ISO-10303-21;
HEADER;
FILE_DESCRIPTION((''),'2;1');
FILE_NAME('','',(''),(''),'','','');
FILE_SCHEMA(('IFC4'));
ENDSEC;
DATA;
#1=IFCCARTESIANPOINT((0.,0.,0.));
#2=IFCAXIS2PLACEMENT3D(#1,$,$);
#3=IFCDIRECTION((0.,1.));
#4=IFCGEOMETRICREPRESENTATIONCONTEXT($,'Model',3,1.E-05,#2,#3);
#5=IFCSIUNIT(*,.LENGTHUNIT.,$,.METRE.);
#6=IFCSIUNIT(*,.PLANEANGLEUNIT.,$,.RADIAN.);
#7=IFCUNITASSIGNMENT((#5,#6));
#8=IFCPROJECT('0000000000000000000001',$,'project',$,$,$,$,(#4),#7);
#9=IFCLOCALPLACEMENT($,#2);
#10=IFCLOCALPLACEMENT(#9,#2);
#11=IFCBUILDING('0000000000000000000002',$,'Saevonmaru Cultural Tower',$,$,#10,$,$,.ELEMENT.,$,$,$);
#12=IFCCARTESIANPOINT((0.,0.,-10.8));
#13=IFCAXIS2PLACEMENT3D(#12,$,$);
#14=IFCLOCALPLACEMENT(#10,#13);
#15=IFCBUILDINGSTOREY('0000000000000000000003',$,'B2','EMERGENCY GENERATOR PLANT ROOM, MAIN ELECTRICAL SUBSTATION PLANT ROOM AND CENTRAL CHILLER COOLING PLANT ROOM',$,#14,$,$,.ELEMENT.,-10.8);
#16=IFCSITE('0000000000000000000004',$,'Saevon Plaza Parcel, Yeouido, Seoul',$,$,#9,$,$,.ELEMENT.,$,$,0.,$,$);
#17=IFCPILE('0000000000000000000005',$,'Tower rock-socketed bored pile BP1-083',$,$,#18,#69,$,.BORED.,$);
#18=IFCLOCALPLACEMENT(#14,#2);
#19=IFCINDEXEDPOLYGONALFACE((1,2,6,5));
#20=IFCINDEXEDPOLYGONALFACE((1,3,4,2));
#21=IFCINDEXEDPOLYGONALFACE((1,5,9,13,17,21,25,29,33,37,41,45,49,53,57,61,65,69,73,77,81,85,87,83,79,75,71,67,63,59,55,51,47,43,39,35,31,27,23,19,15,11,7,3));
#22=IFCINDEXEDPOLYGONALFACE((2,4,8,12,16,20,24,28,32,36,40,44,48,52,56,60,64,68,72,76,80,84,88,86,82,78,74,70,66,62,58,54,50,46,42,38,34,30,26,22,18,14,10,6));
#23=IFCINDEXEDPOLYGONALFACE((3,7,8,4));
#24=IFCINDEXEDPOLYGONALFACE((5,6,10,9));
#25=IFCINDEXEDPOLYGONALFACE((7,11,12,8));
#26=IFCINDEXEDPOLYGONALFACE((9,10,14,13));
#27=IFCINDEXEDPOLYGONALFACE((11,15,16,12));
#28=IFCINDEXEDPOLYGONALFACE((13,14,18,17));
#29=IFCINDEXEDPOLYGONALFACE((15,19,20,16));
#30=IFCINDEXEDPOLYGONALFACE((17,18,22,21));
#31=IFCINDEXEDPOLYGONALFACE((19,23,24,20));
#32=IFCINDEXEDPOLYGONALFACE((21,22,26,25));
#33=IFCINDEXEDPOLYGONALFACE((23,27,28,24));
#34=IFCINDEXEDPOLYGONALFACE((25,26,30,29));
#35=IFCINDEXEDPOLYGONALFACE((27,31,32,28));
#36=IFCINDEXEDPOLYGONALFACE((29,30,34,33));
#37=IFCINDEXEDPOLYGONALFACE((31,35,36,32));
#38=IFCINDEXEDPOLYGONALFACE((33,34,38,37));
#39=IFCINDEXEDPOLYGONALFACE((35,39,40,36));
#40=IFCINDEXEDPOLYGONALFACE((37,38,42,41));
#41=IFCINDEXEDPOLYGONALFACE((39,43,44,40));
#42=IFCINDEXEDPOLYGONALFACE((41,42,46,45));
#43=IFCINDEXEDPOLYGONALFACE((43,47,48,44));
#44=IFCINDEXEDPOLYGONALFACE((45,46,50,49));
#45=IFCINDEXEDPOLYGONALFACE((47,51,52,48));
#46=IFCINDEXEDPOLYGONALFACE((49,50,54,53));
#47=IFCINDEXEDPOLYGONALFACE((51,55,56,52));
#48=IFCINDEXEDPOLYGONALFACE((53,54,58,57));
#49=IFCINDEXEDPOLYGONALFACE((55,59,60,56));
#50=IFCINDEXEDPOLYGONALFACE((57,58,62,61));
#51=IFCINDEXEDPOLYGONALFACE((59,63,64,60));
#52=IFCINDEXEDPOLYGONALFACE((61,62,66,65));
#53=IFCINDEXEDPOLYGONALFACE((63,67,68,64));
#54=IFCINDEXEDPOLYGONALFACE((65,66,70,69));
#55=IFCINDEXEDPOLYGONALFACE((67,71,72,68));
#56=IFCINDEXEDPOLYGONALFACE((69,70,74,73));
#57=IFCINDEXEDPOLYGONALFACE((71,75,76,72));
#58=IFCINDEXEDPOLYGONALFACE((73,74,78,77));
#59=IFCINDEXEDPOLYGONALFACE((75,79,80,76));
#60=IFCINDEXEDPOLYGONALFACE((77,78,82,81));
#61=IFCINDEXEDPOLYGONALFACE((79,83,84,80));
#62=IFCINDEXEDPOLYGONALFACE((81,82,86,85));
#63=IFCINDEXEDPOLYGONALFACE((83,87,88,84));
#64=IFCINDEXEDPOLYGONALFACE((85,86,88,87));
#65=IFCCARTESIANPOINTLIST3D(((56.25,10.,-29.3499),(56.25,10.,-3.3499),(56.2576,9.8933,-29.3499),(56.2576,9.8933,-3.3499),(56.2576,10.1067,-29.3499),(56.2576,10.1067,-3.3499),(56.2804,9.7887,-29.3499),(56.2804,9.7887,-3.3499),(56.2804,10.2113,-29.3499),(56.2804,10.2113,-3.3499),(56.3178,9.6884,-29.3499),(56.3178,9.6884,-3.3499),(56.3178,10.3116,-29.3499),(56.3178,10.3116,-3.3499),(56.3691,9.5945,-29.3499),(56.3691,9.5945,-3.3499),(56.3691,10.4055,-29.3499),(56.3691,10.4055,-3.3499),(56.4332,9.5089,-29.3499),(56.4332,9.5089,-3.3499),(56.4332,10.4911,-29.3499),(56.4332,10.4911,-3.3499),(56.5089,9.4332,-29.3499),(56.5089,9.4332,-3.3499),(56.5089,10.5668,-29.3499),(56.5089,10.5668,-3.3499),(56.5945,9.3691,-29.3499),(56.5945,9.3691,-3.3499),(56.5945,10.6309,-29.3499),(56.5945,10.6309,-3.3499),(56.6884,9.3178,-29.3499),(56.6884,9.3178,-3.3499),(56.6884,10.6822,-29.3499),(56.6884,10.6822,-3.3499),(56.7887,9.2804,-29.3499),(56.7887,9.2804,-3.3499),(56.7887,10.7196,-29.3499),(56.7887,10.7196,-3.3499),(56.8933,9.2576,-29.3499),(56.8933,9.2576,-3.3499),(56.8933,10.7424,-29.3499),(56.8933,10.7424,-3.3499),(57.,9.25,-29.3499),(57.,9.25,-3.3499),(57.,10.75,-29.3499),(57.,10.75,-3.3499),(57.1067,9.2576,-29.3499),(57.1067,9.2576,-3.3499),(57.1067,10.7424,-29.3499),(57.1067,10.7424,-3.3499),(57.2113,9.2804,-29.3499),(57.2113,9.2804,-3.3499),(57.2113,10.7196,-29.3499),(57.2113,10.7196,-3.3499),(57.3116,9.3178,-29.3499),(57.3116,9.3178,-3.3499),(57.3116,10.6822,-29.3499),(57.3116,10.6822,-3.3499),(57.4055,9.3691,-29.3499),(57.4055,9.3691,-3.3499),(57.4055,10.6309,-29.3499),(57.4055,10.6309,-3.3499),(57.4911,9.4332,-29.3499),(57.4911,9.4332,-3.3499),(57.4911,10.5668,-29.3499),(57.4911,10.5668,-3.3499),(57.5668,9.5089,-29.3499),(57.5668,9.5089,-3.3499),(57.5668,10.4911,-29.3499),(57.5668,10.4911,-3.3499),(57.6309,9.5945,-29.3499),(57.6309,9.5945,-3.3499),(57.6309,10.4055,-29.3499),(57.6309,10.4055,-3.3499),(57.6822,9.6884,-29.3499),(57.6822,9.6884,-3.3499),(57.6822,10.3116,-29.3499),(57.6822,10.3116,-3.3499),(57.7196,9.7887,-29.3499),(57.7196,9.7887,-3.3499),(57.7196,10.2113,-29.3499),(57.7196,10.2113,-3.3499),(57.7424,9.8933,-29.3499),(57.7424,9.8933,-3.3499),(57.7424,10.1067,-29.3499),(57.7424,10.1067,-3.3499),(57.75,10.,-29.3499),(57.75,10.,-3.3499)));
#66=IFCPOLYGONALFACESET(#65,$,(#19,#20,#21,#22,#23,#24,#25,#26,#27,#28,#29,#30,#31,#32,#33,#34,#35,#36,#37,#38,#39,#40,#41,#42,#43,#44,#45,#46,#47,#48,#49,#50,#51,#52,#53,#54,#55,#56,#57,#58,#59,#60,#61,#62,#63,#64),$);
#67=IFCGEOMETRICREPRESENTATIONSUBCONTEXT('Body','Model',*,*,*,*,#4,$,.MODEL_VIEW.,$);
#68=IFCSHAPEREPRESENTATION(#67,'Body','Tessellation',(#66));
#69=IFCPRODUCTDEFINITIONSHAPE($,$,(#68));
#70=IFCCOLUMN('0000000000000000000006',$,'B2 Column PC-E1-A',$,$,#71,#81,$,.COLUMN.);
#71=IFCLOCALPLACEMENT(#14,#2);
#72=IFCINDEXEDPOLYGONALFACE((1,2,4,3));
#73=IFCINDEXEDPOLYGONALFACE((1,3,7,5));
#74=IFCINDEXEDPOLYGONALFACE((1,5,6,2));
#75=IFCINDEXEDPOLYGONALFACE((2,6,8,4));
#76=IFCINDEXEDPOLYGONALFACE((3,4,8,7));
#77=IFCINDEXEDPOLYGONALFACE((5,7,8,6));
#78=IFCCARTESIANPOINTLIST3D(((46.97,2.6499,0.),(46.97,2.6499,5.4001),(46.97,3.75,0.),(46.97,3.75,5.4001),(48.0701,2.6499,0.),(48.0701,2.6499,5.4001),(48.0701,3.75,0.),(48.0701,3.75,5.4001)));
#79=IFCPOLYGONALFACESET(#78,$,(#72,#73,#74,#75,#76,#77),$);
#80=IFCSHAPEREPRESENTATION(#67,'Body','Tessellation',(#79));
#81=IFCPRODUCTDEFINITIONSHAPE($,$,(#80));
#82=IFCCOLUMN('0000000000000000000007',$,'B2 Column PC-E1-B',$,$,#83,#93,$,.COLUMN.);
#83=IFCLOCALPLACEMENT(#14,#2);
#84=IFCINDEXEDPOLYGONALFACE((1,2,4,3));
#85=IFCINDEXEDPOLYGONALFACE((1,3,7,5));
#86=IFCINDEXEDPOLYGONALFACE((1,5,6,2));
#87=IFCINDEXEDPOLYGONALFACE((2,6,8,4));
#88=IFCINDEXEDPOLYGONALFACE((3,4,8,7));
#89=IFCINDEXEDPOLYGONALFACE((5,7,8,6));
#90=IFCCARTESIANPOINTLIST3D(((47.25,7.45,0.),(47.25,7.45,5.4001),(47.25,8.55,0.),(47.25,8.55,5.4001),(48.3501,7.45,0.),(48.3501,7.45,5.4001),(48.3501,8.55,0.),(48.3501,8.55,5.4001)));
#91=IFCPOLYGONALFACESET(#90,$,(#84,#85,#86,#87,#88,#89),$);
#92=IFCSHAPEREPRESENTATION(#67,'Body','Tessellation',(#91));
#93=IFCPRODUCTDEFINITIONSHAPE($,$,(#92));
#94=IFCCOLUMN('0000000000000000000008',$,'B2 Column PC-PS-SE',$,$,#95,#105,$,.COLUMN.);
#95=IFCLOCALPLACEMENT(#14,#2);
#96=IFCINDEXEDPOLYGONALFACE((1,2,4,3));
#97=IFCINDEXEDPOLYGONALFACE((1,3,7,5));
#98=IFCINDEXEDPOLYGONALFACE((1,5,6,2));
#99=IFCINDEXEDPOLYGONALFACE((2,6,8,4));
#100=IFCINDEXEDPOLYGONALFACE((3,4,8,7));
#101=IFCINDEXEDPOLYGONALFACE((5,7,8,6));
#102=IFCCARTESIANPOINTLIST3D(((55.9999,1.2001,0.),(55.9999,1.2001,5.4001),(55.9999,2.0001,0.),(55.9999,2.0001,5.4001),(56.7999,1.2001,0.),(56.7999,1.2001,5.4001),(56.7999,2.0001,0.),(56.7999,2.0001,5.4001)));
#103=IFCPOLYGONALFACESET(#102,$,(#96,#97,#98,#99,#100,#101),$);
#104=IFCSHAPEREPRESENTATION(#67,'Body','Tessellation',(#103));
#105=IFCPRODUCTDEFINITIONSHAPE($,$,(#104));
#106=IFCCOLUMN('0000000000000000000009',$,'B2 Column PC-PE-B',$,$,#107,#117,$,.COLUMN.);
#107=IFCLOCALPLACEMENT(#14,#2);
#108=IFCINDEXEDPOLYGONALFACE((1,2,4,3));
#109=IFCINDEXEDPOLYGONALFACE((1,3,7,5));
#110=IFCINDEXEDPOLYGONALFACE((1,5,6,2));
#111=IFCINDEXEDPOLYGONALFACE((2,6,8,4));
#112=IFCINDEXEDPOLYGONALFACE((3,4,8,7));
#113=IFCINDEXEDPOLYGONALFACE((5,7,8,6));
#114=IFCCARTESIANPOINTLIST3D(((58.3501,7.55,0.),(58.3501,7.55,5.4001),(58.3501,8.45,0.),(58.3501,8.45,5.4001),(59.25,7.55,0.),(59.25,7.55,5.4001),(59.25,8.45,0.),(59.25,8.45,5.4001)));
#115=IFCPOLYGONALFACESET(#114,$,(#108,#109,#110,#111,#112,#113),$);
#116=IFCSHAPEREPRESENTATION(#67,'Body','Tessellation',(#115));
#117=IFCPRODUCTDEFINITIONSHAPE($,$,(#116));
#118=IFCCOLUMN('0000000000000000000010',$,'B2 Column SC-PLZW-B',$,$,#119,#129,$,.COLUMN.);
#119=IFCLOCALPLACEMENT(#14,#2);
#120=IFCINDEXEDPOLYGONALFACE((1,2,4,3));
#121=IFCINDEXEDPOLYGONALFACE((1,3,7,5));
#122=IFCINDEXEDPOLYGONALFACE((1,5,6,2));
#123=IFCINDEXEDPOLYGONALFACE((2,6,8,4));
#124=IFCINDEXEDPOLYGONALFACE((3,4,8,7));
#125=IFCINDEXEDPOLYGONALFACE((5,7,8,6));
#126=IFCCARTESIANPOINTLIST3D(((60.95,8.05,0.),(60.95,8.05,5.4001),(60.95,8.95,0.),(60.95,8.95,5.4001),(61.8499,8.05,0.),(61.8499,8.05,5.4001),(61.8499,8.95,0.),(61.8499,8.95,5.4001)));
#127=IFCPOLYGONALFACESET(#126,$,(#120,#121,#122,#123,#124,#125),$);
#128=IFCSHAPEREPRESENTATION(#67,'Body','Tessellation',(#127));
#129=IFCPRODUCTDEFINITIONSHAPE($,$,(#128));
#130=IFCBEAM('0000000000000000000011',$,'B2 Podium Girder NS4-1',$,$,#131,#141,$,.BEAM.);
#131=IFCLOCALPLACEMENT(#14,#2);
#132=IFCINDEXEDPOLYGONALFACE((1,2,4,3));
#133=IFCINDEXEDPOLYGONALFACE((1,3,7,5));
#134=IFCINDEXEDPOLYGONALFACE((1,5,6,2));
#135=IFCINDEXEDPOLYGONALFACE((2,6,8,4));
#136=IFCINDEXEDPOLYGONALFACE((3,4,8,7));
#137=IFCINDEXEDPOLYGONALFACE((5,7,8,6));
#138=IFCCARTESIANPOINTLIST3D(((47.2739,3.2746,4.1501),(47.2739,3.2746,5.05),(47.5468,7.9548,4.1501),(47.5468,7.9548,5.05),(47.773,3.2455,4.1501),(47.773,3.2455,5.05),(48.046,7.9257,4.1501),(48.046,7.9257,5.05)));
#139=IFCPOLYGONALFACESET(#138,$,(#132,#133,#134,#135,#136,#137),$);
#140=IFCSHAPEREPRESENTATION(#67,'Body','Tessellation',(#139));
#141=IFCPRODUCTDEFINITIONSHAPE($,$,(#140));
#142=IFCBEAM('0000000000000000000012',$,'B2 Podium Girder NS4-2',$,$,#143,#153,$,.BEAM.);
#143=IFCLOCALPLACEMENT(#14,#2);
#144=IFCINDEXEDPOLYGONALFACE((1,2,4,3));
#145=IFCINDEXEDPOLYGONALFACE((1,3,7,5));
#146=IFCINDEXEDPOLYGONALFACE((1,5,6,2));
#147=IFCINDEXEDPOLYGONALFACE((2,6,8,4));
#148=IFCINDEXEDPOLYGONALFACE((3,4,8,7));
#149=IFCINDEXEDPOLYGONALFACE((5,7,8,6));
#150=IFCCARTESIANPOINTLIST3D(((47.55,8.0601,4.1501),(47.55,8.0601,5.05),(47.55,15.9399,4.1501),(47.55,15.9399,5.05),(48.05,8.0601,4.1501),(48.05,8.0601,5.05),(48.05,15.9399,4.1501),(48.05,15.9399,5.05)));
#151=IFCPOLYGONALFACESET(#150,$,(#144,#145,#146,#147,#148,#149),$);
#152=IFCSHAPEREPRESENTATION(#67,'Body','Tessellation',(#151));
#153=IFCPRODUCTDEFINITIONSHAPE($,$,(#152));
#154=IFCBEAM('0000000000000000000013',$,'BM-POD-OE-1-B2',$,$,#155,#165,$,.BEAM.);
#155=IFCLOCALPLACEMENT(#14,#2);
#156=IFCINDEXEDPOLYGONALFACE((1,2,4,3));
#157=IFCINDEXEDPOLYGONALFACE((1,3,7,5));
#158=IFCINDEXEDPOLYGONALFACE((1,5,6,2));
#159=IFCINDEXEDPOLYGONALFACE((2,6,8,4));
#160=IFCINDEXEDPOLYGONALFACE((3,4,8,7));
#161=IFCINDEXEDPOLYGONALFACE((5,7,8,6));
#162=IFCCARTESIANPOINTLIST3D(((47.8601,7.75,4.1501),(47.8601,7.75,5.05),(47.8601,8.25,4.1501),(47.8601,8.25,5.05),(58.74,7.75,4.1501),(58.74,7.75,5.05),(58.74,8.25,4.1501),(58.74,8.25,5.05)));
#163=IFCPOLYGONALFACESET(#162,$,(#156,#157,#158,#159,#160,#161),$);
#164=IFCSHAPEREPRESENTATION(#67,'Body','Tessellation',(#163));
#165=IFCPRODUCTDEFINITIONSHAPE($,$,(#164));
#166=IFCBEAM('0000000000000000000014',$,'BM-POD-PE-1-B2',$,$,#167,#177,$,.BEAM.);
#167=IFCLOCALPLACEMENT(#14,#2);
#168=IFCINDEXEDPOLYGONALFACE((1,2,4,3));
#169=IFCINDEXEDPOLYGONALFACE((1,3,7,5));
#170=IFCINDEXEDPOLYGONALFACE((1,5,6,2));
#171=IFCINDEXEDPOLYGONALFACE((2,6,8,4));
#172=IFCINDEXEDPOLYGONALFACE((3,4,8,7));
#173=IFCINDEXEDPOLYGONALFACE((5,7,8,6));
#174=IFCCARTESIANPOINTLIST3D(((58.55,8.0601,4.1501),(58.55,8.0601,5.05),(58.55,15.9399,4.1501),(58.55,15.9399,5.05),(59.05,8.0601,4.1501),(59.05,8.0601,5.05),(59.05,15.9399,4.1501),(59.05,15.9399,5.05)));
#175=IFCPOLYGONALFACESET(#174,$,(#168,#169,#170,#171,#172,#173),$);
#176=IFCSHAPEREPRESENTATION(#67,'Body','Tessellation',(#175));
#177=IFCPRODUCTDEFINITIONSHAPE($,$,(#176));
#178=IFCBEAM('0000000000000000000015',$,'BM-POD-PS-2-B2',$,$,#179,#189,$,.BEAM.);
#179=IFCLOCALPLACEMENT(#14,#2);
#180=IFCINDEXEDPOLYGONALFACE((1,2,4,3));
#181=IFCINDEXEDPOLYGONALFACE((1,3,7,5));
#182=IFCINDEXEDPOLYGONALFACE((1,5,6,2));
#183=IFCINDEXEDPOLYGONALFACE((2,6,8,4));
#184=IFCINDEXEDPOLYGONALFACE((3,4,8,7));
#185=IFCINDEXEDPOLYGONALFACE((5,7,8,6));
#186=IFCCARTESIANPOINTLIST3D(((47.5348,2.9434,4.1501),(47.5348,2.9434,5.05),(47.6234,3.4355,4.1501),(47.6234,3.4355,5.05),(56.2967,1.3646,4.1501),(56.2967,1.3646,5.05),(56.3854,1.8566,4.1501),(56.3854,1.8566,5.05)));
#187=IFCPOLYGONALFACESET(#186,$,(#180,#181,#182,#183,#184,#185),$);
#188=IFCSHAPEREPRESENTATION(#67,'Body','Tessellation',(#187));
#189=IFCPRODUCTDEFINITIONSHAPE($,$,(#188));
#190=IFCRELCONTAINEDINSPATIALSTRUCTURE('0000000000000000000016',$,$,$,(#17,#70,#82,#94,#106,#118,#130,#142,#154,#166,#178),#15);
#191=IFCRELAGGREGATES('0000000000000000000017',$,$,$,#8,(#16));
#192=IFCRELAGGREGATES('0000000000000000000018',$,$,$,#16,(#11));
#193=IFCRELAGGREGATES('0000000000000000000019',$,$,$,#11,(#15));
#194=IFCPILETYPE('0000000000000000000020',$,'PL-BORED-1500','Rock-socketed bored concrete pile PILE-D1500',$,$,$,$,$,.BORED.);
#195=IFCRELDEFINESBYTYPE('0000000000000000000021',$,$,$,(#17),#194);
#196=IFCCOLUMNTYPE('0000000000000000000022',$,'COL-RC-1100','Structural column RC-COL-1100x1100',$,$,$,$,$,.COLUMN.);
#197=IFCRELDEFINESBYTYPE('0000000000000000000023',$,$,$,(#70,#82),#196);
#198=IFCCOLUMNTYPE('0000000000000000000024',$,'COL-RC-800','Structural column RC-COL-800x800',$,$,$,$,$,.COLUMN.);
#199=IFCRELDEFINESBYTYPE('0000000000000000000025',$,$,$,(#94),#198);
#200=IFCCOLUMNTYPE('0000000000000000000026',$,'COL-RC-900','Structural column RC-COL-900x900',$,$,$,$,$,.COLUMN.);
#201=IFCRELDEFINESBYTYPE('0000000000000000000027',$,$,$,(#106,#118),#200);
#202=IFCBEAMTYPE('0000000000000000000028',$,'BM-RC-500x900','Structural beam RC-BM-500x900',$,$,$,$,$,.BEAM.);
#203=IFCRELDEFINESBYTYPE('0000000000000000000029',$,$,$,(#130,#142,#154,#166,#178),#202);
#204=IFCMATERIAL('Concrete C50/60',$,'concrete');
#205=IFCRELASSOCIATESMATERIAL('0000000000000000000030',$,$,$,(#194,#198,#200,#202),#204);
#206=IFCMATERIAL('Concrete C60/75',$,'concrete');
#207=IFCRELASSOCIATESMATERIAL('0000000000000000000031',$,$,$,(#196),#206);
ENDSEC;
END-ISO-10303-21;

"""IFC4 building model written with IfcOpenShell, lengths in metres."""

from ifc_helpers import new_model, si_unit, direction, frame, origin, origin_2d, place, context, subcontext, project, spatial, rectangle, circle, extrude, material, material_profile, profile_set, type_object, element, save


model = new_model("IFC4")

# Units and contexts
model_context = context("Model", 3, precision=1e-05, world=origin(), true_north=direction((0.0, 1.0)))
body_context = subcontext(model_context, "Body", "Model", "MODEL_VIEW")
ifc_project = project(units=[si_unit("LENGTHUNIT", "METRE"), si_unit("PLANEANGLEUNIT", "RADIAN")], contexts=[model_context])

# Site, building, storey
site_placement = place(None, origin())
site = spatial("IfcSite", under=ifc_project, at=site_placement, Name="Saevon Plaza Parcel, Yeouido, Seoul", CompositionType="ELEMENT", RefElevation=0.0)
building_placement = place(site_placement, origin())
building = spatial("IfcBuilding", under=site, at=building_placement, Name="Saevonmaru Cultural Tower", CompositionType="ELEMENT")
storey_placement = place(building_placement, frame((0.0, 0.0, -10.8)))
storey = spatial("IfcBuildingStorey", under=building, at=storey_placement, Name="B2", Description="EMERGENCY GENERATOR PLANT ROOM, MAIN ELECTRICAL SUBSTATION PLANT ROOM AND CENTRAL CHILLER COOLING PLANT ROOM", CompositionType="ELEMENT", Elevation=-10.8)

# Pile
ifc_material_1 = material(Name="Concrete C50/60", Category="concrete")
ifc_material_profile_1 = material_profile(ifc_material_1, circle(Radius=0.75, at=origin_2d()), Name="PILE-D1500")
ifc_profile_set_1 = profile_set([ifc_material_profile_1], Name="Concrete C50/60")
pile_type = type_object("IfcPileType", Name="PL-BORED-1500", Description="Rock-socketed bored concrete pile PILE-D1500", PredefinedType="BORED", material=ifc_profile_set_1)
for number, where, z_axis, x_axis, name in (
    (1, (57.0, 10.0, -3.3499), (0.0, 0.0, -1.0), (1.0, 0.0, 0.0), "Tower rock-socketed bored pile BP1-083"),
):
    element("IfcPile", number, at=place(storey_placement, frame(where, z_axis=z_axis, x_axis=x_axis)), inside=storey, type_object=pile_type, Name=name, PredefinedType="BORED", context=body_context, shape_type="SweptSolid", body=[
        extrude(circle(Radius=0.75, at=origin_2d()), origin(), (0.0, 0.0, 1.0), 26.0),
    ])

# Columns
ifc_material_2 = material(Name="Concrete C60/75", Category="concrete")
ifc_material_profile_2 = material_profile(ifc_material_2, rectangle(XDim=1.1001, YDim=1.1001, at=origin_2d()), Name="RC-COL-1100x1100")
ifc_profile_set_2 = profile_set([ifc_material_profile_2], Name="Concrete C60/75")
column_type_1 = type_object("IfcColumnType", Name="COL-RC-1100", Description="Structural column RC-COL-1100x1100", PredefinedType="COLUMN", material=ifc_profile_set_2)
for number, where, z_axis, x_axis, name in (
    (2, (47.52, 3.2, 0.0), (0.0, 0.0, 1.0), (1.0, 0.0, 0.0), "B2 Column PC-E1-A"),
    (3, (47.8, 8.0, 0.0), (0.0, 0.0, 1.0), (1.0, 0.0, 0.0), "B2 Column PC-E1-B"),
):
    element("IfcColumn", number, at=place(storey_placement, frame(where, z_axis=z_axis, x_axis=x_axis)), inside=storey, type_object=column_type_1, Name=name, PredefinedType="COLUMN", context=body_context, shape_type="SweptSolid", body=[
        extrude(rectangle(XDim=1.1001, YDim=1.1001, at=origin_2d()), origin(), (0.0, 0.0, 1.0), 5.4001),
    ])
ifc_material_profile_3 = material_profile(ifc_material_1, rectangle(XDim=0.8, YDim=0.8, at=origin_2d()), Name="RC-COL-800x800")
ifc_profile_set_3 = profile_set([ifc_material_profile_3], Name="Concrete C50/60")
column_type_2 = type_object("IfcColumnType", Name="COL-RC-800", Description="Structural column RC-COL-800x800", PredefinedType="COLUMN", material=ifc_profile_set_3)
column_placement = place(storey_placement, frame((56.3999, 1.6001, 0.0), z_axis=(0.0, 0.0, 1.0), x_axis=(1.0, 0.0, 0.0)))
element("IfcColumn", 4, at=column_placement, inside=storey, type_object=column_type_2, Name="B2 Column PC-PS-SE", PredefinedType="COLUMN", context=body_context, shape_type="SweptSolid", body=[
    extrude(rectangle(XDim=0.8, YDim=0.8, at=origin_2d()), origin(), (0.0, 0.0, 1.0), 5.4001),
])
ifc_material_profile_4 = material_profile(ifc_material_1, rectangle(XDim=0.8999, YDim=0.8999, at=origin_2d()), Name="RC-COL-900x900")
ifc_profile_set_4 = profile_set([ifc_material_profile_4], Name="Concrete C50/60")
column_type_3 = type_object("IfcColumnType", Name="COL-RC-900", Description="Structural column RC-COL-900x900", PredefinedType="COLUMN", material=ifc_profile_set_4)
for number, where, z_axis, x_axis, name in (
    (5, (58.8, 8.0, 0.0), (0.0, 0.0, 1.0), (1.0, 0.0, 0.0), "B2 Column PC-PE-B"),
    (6, (61.3999, 8.5, 0.0), (0.0, 0.0, 1.0), (1.0, 0.0, 0.0), "B2 Column SC-PLZW-B"),
):
    element("IfcColumn", number, at=place(storey_placement, frame(where, z_axis=z_axis, x_axis=x_axis)), inside=storey, type_object=column_type_3, Name=name, PredefinedType="COLUMN", context=body_context, shape_type="SweptSolid", body=[
        extrude(rectangle(XDim=0.8999, YDim=0.8999, at=origin_2d()), origin(), (0.0, 0.0, 1.0), 5.4001),
    ])

# Beams
ifc_material_profile_5 = material_profile(ifc_material_1, rectangle(XDim=0.5, YDim=0.8999, at=origin_2d()), Name="RC-BM-500x900")
ifc_profile_set_5 = profile_set([ifc_material_profile_5], Name="Concrete C50/60")
beam_type = type_object("IfcBeamType", Name="BM-RC-500x900", Description="Structural beam RC-BM-500x900", PredefinedType="BEAM", material=ifc_profile_set_5)
beam_1_placement = place(storey_placement, frame((47.5234, 3.26, 4.6001), z_axis=(0.058221, 0.998304, 0.0), x_axis=(-0.998304, 0.058221, 0.0)))
element("IfcBeam", 7, at=beam_1_placement, inside=storey, type_object=beam_type, Name="B2 Podium Girder NS4-1", PredefinedType="BEAM", context=body_context, shape_type="SweptSolid", body=[
    extrude(rectangle(XDim=0.5, YDim=0.8999, at=origin_2d()), origin(), (0.0, 0.0, 1.0), 4.6882),
])
beam_2_placement = place(storey_placement, frame((47.8, 8.0601, 4.6001), z_axis=(0.0, 1.0, 0.0), x_axis=(-1.0, 0.0, 0.0)))
element("IfcBeam", 8, at=beam_2_placement, inside=storey, type_object=beam_type, Name="B2 Podium Girder NS4-2", PredefinedType="BEAM", context=body_context, shape_type="SweptSolid", body=[
    extrude(rectangle(XDim=0.5, YDim=0.8999, at=origin_2d()), origin(), (0.0, 0.0, 1.0), 7.8799),
])
beam_3_placement = place(storey_placement, frame((47.8601, 8.0, 4.6001), z_axis=(1.0, 0.0, 0.0), x_axis=(0.0, 1.0, 0.0)))
element("IfcBeam", 9, at=beam_3_placement, inside=storey, type_object=beam_type, Name="BM-POD-OE-1-B2", PredefinedType="BEAM", context=body_context, shape_type="SweptSolid", body=[
    extrude(rectangle(XDim=0.5, YDim=0.8999, at=origin_2d()), origin(), (0.0, 0.0, 1.0), 10.8799),
])
beam_4_placement = place(storey_placement, frame((58.8, 8.0601, 4.6001), z_axis=(0.0, 1.0, 0.0), x_axis=(-1.0, 0.0, 0.0)))
element("IfcBeam", 10, at=beam_4_placement, inside=storey, type_object=beam_type, Name="BM-POD-PE-1-B2", PredefinedType="BEAM", context=body_context, shape_type="SweptSolid", body=[
    extrude(rectangle(XDim=0.5, YDim=0.8999, at=origin_2d()), origin(), (0.0, 0.0, 1.0), 7.8799),
])
beam_5_placement = place(storey_placement, frame((47.5791, 3.1895, 4.6001), z_axis=(0.98415, -0.177338, 0.0), x_axis=(0.177338, 0.98415, 0.0)))
element("IfcBeam", 11, at=beam_5_placement, inside=storey, type_object=beam_type, Name="BM-POD-PS-2-B2", PredefinedType="BEAM", context=body_context, shape_type="SweptSolid", body=[
    extrude(rectangle(XDim=0.5, YDim=0.8999, at=origin_2d()), origin(), (0.0, 0.0, 1.0), 8.9031),
])

save(model, "model.ifc")
